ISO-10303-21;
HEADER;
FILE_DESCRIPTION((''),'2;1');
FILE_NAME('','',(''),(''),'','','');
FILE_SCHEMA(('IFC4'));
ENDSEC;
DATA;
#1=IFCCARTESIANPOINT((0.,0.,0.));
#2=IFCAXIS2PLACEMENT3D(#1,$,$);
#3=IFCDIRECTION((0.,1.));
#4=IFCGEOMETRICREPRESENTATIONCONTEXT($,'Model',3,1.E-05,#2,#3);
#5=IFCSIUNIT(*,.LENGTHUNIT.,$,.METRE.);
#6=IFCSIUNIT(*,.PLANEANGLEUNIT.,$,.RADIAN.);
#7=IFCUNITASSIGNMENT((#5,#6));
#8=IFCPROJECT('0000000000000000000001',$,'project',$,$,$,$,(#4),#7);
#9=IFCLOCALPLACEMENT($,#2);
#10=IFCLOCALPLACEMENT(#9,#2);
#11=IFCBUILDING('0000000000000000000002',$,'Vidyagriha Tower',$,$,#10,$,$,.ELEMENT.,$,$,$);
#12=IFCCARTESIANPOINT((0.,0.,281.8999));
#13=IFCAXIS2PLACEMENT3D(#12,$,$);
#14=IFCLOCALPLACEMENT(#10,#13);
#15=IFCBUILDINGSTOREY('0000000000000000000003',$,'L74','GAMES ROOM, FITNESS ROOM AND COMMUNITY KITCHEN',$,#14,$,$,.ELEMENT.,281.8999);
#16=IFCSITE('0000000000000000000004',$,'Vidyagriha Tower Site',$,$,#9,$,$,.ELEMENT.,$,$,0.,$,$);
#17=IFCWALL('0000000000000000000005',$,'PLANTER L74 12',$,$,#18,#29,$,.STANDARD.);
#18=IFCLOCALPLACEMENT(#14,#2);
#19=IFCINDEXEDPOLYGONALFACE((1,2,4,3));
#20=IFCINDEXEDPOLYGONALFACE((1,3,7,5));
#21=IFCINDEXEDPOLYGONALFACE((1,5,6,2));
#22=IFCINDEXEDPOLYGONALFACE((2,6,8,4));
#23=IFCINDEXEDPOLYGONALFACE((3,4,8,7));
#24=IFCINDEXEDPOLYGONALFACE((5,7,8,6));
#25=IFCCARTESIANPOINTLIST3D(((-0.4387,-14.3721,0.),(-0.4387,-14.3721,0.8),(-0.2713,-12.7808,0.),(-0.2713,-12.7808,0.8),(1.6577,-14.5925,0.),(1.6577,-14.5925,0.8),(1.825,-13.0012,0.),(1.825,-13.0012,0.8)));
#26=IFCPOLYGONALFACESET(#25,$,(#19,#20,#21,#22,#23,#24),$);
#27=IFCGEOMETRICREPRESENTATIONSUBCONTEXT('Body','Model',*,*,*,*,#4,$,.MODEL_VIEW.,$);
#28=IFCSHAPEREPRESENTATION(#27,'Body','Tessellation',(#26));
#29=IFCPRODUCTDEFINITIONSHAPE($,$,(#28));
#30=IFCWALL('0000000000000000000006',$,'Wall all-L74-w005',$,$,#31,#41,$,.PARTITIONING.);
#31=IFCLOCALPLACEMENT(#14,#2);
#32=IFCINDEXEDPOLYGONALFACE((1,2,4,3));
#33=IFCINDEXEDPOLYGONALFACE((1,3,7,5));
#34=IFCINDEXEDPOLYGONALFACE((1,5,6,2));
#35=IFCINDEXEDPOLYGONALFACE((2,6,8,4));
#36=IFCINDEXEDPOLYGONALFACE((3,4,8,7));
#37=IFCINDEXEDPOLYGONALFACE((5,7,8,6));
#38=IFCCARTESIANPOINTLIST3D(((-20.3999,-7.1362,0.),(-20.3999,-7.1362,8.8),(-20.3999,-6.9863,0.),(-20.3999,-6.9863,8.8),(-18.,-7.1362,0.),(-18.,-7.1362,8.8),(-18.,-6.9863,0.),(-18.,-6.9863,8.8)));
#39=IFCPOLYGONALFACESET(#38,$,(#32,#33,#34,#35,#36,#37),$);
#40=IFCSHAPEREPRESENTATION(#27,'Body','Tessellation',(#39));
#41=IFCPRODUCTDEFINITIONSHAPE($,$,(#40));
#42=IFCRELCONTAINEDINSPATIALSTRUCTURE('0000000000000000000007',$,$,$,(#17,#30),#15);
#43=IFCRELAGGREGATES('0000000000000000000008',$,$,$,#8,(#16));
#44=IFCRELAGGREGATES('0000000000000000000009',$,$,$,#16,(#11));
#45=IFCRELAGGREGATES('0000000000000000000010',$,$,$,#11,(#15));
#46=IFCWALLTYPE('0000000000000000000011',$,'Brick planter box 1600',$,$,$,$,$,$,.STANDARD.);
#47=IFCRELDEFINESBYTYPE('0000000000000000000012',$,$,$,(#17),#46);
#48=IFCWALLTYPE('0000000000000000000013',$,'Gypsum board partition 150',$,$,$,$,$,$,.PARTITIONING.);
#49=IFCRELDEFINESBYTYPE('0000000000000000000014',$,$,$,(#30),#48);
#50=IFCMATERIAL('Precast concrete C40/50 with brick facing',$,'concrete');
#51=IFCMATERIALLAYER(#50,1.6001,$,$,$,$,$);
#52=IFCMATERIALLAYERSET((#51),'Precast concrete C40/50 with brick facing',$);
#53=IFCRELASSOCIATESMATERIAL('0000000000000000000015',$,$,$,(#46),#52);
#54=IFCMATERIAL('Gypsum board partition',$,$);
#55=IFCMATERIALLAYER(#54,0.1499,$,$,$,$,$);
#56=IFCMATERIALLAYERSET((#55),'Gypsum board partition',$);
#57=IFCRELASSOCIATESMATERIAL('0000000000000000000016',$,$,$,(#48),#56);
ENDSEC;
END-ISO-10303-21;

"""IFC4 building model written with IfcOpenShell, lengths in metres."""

from ifc_helpers import new_model, si_unit, direction, frame, frame_2d, origin, place, context, subcontext, project, spatial, rectangle, extrude, material, layer, layer_set, type_object, element, save


model = new_model("IFC4")

# Units and contexts
model_context = context("Model", 3, precision=1e-05, world=origin(), true_north=direction((0.0, 1.0)))
body_context = subcontext(model_context, "Body", "Model", "MODEL_VIEW")
ifc_project = project(units=[si_unit("LENGTHUNIT", "METRE"), si_unit("PLANEANGLEUNIT", "RADIAN")], contexts=[model_context])

# Site, building, storey
site_placement = place(None, origin())
site = spatial("IfcSite", under=ifc_project, at=site_placement, Name="Vidyagriha Tower Site", CompositionType="ELEMENT", RefElevation=0.0)
building_placement = place(site_placement, origin())
building = spatial("IfcBuilding", under=site, at=building_placement, Name="Vidyagriha Tower", CompositionType="ELEMENT")
storey_placement = place(building_placement, frame((0.0, 0.0, 281.8999)))
storey = spatial("IfcBuildingStorey", under=building, at=storey_placement, Name="L74", Description="GAMES ROOM, FITNESS ROOM AND COMMUNITY KITCHEN", CompositionType="ELEMENT", Elevation=281.8999)

# Walls
ifc_material_1 = material(Name="Precast concrete C40/50 with brick facing", Category="concrete")
ifc_layer_1 = layer(ifc_material_1, 1.6001)
ifc_layer_set_1 = layer_set([ifc_layer_1], Name="Precast concrete C40/50 with brick facing")
wall_type_1 = type_object("IfcWallType", Name="Brick planter box 1600", PredefinedType="STANDARD", material=ifc_layer_set_1)
wall_1_placement = place(storey_placement, frame((-0.355, -13.5764, 0.0), z_axis=(0.0, 0.0, 1.0), x_axis=(0.994516, -0.104582, 0.0)))
element("IfcWall", 1, at=wall_1_placement, inside=storey, type_object=wall_type_1, Name="PLANTER L74 12", PredefinedType="STANDARD", context=body_context, shape_type="SweptSolid", body=[
    extrude(rectangle(XDim=2.1079, YDim=1.6001, at=frame_2d((1.054, 0.0))), origin(), (0.0, 0.0, 1.0), 0.8),
])
ifc_material_2 = material(Name="Gypsum board partition")
ifc_layer_2 = layer(ifc_material_2, 0.1499)
ifc_layer_set_2 = layer_set([ifc_layer_2], Name="Gypsum board partition")
wall_type_2 = type_object("IfcWallType", Name="Gypsum board partition 150", PredefinedType="PARTITIONING", material=ifc_layer_set_2)
wall_2_placement = place(storey_placement, frame((-18.0, -7.0613, 0.0), z_axis=(0.0, 0.0, 1.0), x_axis=(-1.0, 0.0, 0.0)))
element("IfcWall", 2, at=wall_2_placement, inside=storey, type_object=wall_type_2, Name="Wall all-L74-w005", PredefinedType="PARTITIONING", context=body_context, shape_type="SweptSolid", body=[
    extrude(rectangle(XDim=2.3999, YDim=0.1499, at=frame_2d((1.2, 0.0))), origin(), (0.0, 0.0, 1.0), 8.8),
])

save(model, "model.ifc")
